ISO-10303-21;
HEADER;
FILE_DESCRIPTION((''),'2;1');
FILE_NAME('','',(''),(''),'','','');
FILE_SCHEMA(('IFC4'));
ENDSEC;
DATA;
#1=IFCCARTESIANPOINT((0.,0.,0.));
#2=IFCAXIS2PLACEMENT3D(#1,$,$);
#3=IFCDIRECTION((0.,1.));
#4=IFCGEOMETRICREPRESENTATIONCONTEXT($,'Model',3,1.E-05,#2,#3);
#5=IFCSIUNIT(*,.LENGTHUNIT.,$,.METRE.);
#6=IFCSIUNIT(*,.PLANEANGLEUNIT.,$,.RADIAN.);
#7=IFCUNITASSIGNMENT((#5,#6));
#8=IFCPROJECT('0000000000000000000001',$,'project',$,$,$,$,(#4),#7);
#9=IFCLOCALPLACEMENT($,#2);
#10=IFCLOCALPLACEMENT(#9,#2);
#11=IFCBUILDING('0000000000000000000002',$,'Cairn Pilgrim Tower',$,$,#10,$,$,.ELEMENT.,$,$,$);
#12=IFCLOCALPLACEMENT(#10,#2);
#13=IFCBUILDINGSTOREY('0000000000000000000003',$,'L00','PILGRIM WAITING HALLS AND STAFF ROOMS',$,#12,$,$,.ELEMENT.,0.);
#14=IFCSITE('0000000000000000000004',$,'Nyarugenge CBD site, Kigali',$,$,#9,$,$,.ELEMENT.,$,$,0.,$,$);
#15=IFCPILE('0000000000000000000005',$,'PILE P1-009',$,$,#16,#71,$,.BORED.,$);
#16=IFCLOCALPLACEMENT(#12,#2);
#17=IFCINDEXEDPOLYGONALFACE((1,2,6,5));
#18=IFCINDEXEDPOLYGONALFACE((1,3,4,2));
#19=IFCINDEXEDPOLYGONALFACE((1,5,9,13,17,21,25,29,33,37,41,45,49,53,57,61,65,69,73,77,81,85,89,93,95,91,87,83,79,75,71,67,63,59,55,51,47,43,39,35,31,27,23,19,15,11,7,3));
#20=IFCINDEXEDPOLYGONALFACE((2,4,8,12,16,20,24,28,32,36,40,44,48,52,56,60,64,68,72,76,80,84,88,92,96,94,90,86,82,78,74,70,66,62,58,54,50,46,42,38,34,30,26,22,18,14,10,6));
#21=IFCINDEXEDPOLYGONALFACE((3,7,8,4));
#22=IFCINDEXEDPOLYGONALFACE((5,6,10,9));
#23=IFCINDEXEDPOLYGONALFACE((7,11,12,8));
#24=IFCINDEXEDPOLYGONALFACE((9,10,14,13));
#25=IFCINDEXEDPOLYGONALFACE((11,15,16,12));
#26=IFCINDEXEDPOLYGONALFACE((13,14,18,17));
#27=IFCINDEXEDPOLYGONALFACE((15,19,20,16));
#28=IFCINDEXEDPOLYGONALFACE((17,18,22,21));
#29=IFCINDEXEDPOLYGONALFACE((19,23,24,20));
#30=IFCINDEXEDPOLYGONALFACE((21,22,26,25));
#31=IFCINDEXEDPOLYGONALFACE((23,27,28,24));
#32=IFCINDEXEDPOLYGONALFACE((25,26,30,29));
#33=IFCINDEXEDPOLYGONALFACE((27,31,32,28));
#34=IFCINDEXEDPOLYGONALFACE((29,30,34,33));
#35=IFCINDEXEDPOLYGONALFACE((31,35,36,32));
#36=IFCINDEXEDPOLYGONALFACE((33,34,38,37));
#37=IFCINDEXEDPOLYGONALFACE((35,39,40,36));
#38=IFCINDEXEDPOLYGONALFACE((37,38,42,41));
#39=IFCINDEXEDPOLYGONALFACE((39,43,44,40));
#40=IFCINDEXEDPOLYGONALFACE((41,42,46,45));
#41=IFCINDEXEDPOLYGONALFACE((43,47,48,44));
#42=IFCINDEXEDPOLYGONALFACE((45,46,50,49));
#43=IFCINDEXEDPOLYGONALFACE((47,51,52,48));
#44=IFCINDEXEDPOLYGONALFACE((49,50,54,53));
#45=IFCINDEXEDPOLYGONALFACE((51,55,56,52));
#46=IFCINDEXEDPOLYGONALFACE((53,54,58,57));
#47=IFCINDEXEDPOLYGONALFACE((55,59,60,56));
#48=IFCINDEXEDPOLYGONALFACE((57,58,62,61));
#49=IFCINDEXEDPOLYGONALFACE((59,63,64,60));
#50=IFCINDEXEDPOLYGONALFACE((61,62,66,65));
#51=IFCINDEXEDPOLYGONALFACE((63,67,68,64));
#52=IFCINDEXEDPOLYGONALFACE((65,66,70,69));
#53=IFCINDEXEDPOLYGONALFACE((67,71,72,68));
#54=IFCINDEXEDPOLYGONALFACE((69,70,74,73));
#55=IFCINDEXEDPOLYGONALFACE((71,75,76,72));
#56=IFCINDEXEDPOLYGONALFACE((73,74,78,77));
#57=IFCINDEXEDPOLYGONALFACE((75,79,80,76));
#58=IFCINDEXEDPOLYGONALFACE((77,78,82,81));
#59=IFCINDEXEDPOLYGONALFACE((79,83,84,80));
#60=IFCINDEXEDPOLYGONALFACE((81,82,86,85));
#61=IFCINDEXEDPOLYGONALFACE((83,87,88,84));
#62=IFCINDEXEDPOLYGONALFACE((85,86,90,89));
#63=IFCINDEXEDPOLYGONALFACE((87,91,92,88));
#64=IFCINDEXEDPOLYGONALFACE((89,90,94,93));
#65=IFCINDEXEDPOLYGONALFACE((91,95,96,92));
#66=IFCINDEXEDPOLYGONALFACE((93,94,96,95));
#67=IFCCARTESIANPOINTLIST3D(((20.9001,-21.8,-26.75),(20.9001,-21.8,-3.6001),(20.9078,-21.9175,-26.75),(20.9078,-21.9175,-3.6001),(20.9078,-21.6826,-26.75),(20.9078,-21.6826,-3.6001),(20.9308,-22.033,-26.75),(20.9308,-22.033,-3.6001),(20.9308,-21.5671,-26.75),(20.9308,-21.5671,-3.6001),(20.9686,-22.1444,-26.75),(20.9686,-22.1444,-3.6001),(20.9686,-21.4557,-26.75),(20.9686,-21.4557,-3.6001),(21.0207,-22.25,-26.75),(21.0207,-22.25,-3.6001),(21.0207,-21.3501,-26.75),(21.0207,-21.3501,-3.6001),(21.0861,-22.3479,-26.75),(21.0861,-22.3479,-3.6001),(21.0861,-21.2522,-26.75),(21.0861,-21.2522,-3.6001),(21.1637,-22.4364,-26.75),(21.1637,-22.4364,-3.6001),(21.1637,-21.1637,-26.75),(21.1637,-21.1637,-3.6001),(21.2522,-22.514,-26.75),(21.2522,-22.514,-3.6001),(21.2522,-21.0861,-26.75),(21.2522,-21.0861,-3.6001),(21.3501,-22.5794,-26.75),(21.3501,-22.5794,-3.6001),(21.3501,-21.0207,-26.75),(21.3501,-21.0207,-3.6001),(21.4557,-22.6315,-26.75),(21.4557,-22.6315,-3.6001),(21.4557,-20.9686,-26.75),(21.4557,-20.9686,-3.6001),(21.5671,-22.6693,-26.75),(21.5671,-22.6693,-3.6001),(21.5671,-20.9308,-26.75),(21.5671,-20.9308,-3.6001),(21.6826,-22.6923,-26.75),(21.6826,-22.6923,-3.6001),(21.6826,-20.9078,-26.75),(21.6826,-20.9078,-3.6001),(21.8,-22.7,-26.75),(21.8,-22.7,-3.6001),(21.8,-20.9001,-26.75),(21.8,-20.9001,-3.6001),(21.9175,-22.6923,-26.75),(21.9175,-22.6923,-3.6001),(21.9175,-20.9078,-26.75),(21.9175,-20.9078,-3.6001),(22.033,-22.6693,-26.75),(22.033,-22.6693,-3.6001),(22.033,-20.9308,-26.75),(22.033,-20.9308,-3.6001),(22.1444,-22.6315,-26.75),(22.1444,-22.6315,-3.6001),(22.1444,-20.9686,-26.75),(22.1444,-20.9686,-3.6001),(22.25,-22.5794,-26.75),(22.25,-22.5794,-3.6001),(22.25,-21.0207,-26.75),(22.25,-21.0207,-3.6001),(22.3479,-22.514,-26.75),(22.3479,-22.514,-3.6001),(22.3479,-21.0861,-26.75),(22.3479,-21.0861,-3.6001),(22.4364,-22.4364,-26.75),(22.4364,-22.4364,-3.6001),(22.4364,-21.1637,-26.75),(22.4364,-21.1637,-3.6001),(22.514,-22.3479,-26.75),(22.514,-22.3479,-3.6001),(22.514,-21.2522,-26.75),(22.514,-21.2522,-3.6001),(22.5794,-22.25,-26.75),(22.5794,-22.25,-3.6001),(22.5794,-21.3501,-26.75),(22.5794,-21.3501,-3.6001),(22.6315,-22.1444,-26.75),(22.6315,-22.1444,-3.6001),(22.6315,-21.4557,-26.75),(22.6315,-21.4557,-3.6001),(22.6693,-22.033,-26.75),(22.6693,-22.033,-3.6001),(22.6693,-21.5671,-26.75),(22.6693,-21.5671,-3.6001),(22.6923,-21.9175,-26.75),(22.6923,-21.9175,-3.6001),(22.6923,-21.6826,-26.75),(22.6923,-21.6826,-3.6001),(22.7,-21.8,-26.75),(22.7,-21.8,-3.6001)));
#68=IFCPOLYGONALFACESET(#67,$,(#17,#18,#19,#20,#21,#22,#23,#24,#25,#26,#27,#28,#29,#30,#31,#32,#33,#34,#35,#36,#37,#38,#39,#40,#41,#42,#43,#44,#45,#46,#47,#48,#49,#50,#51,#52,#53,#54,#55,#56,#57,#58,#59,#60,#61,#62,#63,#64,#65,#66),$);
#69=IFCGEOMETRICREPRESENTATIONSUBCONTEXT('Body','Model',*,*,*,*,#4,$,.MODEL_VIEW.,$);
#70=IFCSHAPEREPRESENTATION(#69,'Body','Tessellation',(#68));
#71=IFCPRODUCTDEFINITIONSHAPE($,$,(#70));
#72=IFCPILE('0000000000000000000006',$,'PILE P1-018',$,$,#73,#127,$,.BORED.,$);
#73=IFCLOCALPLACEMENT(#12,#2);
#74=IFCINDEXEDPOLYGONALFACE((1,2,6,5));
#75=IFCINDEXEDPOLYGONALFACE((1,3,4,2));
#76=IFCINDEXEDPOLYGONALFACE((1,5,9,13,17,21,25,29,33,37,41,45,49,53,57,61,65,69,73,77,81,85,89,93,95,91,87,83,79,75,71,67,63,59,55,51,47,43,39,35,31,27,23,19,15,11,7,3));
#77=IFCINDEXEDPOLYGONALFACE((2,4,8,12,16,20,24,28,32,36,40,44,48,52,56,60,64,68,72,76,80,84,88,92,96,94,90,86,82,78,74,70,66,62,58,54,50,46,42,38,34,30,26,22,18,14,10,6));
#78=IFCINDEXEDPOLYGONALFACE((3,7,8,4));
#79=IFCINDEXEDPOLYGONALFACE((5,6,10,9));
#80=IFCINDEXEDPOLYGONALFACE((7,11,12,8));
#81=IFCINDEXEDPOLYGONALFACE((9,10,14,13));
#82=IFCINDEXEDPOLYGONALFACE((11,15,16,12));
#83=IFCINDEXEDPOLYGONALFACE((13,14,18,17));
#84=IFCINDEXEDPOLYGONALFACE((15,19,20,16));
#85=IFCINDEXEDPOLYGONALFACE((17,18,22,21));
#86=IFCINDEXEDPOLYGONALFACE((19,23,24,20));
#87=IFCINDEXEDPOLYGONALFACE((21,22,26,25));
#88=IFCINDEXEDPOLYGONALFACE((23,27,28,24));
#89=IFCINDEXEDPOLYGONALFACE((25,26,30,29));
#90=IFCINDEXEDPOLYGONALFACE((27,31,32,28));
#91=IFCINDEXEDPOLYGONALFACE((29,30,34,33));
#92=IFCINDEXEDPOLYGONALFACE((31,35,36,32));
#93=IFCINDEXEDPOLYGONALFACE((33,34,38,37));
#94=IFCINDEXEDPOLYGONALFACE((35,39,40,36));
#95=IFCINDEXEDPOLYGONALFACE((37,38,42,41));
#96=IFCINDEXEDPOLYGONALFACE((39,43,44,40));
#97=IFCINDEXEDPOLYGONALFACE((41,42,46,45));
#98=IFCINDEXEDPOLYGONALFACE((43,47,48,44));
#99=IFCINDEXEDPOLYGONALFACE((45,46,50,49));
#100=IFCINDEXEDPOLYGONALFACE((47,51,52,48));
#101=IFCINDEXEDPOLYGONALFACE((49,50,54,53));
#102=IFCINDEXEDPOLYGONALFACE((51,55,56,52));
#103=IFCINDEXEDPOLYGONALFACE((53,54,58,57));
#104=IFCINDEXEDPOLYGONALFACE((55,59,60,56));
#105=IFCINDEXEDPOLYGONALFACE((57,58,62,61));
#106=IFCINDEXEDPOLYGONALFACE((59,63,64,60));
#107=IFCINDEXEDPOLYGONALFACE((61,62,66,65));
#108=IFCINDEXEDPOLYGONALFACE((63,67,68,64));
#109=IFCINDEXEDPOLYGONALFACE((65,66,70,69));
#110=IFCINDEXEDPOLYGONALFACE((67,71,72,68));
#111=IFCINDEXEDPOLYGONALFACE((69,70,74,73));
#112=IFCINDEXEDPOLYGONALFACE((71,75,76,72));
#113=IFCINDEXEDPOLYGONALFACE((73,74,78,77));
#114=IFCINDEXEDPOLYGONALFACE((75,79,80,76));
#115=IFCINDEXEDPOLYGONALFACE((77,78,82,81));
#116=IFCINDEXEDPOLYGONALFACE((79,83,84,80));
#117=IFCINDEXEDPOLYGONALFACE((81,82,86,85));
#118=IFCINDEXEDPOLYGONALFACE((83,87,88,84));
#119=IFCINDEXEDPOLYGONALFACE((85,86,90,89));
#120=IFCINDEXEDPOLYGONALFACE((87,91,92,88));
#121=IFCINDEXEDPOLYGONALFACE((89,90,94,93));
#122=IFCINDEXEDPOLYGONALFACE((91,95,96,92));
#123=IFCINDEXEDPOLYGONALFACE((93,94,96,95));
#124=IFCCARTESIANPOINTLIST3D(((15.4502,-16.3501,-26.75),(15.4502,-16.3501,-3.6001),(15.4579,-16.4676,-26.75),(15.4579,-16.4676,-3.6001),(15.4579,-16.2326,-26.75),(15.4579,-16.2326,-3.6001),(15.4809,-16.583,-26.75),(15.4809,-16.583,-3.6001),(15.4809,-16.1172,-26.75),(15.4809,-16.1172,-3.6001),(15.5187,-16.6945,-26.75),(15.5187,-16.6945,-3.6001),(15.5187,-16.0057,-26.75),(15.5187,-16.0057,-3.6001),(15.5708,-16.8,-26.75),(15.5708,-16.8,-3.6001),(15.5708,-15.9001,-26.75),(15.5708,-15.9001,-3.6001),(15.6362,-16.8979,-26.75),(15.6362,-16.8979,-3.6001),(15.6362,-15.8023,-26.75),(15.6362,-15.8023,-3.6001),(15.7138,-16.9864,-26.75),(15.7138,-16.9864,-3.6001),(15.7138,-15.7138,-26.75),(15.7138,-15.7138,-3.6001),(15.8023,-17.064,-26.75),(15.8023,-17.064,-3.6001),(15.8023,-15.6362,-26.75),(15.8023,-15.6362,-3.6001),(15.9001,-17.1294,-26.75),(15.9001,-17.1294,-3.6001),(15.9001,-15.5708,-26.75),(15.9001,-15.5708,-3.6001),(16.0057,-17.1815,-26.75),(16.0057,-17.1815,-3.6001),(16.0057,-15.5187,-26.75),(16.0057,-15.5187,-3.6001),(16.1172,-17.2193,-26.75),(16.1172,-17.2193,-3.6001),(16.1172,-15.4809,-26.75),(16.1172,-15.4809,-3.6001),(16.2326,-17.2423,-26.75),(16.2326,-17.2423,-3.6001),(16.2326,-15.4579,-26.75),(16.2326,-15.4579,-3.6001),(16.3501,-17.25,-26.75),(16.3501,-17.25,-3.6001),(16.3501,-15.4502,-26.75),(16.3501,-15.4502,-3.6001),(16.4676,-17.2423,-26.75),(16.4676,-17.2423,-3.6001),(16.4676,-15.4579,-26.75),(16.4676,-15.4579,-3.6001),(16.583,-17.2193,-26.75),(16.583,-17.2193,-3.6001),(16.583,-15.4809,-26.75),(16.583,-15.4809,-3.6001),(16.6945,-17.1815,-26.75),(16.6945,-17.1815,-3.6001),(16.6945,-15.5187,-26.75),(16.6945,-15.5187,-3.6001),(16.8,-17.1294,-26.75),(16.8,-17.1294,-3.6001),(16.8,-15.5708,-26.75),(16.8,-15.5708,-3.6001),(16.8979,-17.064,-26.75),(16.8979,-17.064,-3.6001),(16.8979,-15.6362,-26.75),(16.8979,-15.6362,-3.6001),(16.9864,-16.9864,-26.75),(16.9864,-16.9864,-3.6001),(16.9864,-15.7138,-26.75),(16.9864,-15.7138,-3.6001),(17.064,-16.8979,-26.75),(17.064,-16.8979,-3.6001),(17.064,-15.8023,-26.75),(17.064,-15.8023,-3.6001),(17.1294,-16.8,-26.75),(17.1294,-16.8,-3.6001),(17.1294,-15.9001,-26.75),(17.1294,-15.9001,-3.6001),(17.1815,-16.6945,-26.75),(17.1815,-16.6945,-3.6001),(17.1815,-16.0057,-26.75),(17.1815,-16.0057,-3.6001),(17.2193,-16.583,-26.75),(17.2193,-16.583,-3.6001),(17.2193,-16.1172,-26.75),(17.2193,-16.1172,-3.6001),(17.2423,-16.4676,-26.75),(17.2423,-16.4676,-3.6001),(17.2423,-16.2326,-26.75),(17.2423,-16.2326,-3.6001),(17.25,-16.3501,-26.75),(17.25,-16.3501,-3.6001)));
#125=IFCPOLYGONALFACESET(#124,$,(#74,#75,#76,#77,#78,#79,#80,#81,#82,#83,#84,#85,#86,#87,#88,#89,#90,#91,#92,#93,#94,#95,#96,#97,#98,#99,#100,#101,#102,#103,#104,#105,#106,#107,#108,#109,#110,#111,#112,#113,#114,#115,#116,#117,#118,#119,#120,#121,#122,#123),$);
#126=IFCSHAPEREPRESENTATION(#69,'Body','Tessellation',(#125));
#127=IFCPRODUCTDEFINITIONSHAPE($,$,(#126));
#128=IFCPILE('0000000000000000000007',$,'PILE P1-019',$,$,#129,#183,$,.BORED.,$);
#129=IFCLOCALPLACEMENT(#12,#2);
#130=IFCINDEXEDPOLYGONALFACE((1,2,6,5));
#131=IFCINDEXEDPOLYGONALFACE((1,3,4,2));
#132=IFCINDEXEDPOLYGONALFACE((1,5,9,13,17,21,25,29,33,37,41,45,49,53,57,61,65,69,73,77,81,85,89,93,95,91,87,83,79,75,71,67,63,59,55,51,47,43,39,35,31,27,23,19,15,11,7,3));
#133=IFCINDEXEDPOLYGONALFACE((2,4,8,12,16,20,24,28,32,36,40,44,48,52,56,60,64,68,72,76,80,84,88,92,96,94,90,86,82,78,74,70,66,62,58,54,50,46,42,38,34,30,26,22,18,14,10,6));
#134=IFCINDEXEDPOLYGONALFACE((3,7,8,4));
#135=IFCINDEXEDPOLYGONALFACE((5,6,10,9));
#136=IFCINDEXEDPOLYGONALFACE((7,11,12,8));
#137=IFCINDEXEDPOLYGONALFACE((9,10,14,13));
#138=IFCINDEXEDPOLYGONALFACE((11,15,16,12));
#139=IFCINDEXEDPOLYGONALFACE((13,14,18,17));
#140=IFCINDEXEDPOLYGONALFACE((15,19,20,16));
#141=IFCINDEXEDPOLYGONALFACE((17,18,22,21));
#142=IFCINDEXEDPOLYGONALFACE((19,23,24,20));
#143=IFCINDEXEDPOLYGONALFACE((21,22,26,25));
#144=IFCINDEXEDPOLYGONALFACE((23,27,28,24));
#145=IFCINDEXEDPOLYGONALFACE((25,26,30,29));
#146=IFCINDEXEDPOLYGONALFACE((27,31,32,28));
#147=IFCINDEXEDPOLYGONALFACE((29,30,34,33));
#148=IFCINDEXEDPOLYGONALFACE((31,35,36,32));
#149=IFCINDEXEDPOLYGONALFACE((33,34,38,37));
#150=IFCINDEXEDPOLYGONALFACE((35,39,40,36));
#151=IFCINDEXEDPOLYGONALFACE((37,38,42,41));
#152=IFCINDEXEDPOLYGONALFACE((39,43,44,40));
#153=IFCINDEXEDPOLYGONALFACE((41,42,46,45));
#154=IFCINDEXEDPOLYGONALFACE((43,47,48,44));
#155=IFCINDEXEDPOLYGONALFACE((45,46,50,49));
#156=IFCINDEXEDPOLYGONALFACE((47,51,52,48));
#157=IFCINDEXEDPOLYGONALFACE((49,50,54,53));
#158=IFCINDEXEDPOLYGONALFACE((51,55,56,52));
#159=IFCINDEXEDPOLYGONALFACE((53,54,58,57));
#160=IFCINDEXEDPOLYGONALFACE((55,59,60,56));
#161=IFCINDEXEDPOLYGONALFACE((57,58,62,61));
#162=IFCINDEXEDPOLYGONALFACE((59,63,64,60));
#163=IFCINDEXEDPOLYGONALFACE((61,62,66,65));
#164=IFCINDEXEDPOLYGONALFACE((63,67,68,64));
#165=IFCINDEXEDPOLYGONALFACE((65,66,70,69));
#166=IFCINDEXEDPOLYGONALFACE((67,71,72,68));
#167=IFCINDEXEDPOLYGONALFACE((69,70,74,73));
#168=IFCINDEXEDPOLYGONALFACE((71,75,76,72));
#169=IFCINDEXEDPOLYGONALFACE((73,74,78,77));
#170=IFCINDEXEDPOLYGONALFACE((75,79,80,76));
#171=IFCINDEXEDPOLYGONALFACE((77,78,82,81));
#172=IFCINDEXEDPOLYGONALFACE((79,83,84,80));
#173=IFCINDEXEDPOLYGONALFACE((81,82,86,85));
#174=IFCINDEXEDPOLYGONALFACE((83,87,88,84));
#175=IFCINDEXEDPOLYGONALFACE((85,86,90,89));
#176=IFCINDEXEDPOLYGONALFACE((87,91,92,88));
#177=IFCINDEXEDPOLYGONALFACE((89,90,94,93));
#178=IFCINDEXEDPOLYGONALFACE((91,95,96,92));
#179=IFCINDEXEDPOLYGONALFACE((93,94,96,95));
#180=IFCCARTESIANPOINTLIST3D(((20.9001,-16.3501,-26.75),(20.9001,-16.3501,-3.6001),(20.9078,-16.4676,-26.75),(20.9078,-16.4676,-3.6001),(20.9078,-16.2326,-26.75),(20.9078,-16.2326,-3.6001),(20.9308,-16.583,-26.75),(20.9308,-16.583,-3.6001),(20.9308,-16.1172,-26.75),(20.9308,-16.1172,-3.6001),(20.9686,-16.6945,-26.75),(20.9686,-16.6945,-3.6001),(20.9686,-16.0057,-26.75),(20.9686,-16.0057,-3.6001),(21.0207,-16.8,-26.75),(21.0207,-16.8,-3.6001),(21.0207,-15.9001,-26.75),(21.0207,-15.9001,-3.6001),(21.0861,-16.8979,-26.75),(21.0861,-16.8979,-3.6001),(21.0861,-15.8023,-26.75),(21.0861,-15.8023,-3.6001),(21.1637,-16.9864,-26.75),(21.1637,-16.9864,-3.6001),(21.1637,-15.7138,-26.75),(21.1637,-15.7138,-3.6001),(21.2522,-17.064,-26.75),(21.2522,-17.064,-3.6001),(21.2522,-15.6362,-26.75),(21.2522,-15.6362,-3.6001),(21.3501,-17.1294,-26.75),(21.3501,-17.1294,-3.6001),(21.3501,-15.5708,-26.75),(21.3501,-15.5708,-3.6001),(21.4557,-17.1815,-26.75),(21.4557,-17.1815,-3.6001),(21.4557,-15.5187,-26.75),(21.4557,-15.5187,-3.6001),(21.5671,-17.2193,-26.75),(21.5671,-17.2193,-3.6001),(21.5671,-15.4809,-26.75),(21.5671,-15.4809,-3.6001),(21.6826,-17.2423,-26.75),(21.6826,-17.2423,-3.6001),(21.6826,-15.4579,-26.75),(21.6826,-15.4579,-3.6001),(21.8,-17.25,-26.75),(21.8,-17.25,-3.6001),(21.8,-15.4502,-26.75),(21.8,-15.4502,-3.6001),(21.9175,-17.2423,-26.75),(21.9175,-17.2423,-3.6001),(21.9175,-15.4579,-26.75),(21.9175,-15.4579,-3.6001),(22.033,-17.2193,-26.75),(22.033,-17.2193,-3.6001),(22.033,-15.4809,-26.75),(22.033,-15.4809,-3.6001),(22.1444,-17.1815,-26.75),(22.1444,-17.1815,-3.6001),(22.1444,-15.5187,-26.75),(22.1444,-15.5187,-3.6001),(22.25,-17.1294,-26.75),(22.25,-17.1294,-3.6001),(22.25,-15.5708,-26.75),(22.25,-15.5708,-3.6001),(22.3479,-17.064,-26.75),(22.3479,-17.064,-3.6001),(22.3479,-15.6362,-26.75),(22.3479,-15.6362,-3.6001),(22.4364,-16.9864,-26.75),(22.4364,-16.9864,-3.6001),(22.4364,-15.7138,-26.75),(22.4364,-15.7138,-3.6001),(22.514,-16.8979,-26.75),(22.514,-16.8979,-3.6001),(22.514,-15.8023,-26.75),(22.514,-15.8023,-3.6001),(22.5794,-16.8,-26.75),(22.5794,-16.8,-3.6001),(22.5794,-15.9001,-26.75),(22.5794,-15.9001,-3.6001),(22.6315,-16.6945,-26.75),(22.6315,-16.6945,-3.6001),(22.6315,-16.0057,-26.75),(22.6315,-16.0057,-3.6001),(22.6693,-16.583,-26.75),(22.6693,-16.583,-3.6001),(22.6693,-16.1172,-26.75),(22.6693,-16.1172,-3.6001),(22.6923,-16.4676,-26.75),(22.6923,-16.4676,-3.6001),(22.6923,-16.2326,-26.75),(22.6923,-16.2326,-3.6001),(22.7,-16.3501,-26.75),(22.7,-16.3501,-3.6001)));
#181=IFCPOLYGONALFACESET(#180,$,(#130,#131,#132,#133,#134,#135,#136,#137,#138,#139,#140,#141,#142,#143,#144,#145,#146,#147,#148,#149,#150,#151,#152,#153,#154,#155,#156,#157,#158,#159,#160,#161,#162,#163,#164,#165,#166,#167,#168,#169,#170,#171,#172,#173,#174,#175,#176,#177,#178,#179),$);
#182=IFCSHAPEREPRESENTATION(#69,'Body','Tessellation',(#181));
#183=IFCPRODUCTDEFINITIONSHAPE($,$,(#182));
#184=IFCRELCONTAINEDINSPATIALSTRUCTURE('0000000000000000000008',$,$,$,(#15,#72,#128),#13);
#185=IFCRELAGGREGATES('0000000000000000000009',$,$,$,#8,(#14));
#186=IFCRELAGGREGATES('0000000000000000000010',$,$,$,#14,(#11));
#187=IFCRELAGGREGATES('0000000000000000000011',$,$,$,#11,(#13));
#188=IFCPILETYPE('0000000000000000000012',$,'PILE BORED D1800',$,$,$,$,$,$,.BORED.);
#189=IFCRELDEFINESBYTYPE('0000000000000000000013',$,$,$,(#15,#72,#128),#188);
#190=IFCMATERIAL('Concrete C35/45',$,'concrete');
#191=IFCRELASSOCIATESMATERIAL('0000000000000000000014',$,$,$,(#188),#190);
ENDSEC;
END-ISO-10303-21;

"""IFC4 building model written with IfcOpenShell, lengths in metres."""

from ifc_helpers import new_model, si_unit, direction, frame, origin, origin_2d, place, context, subcontext, project, spatial, circle, extrude, material, material_profile, profile_set, type_object, element, save


model = new_model("IFC4")

# Units and contexts
model_context = context("Model", 3, precision=1e-05, world=origin(), true_north=direction((0.0, 1.0)))
body_context = subcontext(model_context, "Body", "Model", "MODEL_VIEW")
ifc_project = project(units=[si_unit("LENGTHUNIT", "METRE"), si_unit("PLANEANGLEUNIT", "RADIAN")], contexts=[model_context])

# Site, building, storey
site_placement = place(None, origin())
site = spatial("IfcSite", under=ifc_project, at=site_placement, Name="Nyarugenge CBD site, Kigali", CompositionType="ELEMENT", RefElevation=0.0)
building_placement = place(site_placement, origin())
building = spatial("IfcBuilding", under=site, at=building_placement, Name="Cairn Pilgrim Tower", CompositionType="ELEMENT")
storey_placement = place(building_placement, origin())
storey = spatial("IfcBuildingStorey", under=building, at=storey_placement, Name="L00", Description="PILGRIM WAITING HALLS AND STAFF ROOMS", CompositionType="ELEMENT", Elevation=0.0)

# Piles
ifc_material_1 = material(Name="Concrete C35/45", Category="concrete")
ifc_material_profile_1 = material_profile(ifc_material_1, circle(Radius=0.8999, at=origin_2d()), Name="D1800")
ifc_profile_set_1 = profile_set([ifc_material_profile_1], Name="Concrete C35/45")
pile_type_1 = type_object("IfcPileType", Name="PILE BORED D1800", PredefinedType="BORED", material=ifc_profile_set_1)
for number, where, z_axis, x_axis, name in (
    (1, (21.8, -21.8, -3.6001), (0.0, 0.0, -1.0), (1.0, 0.0, 0.0), "PILE P1-009"),
    (2, (16.3501, -16.3501, -3.6001), (0.0, 0.0, -1.0), (1.0, 0.0, 0.0), "PILE P1-018"),
    (3, (21.8, -16.3501, -3.6001), (0.0, 0.0, -1.0), (1.0, 0.0, 0.0), "PILE P1-019"),
):
    element("IfcPile", number, at=place(storey_placement, frame(where, z_axis=z_axis, x_axis=x_axis)), inside=storey, type_object=pile_type_1, Name=name, PredefinedType="BORED", context=body_context, shape_type="SweptSolid", body=[
        extrude(circle(Radius=0.8999, at=origin_2d()), origin(), (0.0, 0.0, 1.0), 23.1499),
    ])

save(model, "model.ifc")
